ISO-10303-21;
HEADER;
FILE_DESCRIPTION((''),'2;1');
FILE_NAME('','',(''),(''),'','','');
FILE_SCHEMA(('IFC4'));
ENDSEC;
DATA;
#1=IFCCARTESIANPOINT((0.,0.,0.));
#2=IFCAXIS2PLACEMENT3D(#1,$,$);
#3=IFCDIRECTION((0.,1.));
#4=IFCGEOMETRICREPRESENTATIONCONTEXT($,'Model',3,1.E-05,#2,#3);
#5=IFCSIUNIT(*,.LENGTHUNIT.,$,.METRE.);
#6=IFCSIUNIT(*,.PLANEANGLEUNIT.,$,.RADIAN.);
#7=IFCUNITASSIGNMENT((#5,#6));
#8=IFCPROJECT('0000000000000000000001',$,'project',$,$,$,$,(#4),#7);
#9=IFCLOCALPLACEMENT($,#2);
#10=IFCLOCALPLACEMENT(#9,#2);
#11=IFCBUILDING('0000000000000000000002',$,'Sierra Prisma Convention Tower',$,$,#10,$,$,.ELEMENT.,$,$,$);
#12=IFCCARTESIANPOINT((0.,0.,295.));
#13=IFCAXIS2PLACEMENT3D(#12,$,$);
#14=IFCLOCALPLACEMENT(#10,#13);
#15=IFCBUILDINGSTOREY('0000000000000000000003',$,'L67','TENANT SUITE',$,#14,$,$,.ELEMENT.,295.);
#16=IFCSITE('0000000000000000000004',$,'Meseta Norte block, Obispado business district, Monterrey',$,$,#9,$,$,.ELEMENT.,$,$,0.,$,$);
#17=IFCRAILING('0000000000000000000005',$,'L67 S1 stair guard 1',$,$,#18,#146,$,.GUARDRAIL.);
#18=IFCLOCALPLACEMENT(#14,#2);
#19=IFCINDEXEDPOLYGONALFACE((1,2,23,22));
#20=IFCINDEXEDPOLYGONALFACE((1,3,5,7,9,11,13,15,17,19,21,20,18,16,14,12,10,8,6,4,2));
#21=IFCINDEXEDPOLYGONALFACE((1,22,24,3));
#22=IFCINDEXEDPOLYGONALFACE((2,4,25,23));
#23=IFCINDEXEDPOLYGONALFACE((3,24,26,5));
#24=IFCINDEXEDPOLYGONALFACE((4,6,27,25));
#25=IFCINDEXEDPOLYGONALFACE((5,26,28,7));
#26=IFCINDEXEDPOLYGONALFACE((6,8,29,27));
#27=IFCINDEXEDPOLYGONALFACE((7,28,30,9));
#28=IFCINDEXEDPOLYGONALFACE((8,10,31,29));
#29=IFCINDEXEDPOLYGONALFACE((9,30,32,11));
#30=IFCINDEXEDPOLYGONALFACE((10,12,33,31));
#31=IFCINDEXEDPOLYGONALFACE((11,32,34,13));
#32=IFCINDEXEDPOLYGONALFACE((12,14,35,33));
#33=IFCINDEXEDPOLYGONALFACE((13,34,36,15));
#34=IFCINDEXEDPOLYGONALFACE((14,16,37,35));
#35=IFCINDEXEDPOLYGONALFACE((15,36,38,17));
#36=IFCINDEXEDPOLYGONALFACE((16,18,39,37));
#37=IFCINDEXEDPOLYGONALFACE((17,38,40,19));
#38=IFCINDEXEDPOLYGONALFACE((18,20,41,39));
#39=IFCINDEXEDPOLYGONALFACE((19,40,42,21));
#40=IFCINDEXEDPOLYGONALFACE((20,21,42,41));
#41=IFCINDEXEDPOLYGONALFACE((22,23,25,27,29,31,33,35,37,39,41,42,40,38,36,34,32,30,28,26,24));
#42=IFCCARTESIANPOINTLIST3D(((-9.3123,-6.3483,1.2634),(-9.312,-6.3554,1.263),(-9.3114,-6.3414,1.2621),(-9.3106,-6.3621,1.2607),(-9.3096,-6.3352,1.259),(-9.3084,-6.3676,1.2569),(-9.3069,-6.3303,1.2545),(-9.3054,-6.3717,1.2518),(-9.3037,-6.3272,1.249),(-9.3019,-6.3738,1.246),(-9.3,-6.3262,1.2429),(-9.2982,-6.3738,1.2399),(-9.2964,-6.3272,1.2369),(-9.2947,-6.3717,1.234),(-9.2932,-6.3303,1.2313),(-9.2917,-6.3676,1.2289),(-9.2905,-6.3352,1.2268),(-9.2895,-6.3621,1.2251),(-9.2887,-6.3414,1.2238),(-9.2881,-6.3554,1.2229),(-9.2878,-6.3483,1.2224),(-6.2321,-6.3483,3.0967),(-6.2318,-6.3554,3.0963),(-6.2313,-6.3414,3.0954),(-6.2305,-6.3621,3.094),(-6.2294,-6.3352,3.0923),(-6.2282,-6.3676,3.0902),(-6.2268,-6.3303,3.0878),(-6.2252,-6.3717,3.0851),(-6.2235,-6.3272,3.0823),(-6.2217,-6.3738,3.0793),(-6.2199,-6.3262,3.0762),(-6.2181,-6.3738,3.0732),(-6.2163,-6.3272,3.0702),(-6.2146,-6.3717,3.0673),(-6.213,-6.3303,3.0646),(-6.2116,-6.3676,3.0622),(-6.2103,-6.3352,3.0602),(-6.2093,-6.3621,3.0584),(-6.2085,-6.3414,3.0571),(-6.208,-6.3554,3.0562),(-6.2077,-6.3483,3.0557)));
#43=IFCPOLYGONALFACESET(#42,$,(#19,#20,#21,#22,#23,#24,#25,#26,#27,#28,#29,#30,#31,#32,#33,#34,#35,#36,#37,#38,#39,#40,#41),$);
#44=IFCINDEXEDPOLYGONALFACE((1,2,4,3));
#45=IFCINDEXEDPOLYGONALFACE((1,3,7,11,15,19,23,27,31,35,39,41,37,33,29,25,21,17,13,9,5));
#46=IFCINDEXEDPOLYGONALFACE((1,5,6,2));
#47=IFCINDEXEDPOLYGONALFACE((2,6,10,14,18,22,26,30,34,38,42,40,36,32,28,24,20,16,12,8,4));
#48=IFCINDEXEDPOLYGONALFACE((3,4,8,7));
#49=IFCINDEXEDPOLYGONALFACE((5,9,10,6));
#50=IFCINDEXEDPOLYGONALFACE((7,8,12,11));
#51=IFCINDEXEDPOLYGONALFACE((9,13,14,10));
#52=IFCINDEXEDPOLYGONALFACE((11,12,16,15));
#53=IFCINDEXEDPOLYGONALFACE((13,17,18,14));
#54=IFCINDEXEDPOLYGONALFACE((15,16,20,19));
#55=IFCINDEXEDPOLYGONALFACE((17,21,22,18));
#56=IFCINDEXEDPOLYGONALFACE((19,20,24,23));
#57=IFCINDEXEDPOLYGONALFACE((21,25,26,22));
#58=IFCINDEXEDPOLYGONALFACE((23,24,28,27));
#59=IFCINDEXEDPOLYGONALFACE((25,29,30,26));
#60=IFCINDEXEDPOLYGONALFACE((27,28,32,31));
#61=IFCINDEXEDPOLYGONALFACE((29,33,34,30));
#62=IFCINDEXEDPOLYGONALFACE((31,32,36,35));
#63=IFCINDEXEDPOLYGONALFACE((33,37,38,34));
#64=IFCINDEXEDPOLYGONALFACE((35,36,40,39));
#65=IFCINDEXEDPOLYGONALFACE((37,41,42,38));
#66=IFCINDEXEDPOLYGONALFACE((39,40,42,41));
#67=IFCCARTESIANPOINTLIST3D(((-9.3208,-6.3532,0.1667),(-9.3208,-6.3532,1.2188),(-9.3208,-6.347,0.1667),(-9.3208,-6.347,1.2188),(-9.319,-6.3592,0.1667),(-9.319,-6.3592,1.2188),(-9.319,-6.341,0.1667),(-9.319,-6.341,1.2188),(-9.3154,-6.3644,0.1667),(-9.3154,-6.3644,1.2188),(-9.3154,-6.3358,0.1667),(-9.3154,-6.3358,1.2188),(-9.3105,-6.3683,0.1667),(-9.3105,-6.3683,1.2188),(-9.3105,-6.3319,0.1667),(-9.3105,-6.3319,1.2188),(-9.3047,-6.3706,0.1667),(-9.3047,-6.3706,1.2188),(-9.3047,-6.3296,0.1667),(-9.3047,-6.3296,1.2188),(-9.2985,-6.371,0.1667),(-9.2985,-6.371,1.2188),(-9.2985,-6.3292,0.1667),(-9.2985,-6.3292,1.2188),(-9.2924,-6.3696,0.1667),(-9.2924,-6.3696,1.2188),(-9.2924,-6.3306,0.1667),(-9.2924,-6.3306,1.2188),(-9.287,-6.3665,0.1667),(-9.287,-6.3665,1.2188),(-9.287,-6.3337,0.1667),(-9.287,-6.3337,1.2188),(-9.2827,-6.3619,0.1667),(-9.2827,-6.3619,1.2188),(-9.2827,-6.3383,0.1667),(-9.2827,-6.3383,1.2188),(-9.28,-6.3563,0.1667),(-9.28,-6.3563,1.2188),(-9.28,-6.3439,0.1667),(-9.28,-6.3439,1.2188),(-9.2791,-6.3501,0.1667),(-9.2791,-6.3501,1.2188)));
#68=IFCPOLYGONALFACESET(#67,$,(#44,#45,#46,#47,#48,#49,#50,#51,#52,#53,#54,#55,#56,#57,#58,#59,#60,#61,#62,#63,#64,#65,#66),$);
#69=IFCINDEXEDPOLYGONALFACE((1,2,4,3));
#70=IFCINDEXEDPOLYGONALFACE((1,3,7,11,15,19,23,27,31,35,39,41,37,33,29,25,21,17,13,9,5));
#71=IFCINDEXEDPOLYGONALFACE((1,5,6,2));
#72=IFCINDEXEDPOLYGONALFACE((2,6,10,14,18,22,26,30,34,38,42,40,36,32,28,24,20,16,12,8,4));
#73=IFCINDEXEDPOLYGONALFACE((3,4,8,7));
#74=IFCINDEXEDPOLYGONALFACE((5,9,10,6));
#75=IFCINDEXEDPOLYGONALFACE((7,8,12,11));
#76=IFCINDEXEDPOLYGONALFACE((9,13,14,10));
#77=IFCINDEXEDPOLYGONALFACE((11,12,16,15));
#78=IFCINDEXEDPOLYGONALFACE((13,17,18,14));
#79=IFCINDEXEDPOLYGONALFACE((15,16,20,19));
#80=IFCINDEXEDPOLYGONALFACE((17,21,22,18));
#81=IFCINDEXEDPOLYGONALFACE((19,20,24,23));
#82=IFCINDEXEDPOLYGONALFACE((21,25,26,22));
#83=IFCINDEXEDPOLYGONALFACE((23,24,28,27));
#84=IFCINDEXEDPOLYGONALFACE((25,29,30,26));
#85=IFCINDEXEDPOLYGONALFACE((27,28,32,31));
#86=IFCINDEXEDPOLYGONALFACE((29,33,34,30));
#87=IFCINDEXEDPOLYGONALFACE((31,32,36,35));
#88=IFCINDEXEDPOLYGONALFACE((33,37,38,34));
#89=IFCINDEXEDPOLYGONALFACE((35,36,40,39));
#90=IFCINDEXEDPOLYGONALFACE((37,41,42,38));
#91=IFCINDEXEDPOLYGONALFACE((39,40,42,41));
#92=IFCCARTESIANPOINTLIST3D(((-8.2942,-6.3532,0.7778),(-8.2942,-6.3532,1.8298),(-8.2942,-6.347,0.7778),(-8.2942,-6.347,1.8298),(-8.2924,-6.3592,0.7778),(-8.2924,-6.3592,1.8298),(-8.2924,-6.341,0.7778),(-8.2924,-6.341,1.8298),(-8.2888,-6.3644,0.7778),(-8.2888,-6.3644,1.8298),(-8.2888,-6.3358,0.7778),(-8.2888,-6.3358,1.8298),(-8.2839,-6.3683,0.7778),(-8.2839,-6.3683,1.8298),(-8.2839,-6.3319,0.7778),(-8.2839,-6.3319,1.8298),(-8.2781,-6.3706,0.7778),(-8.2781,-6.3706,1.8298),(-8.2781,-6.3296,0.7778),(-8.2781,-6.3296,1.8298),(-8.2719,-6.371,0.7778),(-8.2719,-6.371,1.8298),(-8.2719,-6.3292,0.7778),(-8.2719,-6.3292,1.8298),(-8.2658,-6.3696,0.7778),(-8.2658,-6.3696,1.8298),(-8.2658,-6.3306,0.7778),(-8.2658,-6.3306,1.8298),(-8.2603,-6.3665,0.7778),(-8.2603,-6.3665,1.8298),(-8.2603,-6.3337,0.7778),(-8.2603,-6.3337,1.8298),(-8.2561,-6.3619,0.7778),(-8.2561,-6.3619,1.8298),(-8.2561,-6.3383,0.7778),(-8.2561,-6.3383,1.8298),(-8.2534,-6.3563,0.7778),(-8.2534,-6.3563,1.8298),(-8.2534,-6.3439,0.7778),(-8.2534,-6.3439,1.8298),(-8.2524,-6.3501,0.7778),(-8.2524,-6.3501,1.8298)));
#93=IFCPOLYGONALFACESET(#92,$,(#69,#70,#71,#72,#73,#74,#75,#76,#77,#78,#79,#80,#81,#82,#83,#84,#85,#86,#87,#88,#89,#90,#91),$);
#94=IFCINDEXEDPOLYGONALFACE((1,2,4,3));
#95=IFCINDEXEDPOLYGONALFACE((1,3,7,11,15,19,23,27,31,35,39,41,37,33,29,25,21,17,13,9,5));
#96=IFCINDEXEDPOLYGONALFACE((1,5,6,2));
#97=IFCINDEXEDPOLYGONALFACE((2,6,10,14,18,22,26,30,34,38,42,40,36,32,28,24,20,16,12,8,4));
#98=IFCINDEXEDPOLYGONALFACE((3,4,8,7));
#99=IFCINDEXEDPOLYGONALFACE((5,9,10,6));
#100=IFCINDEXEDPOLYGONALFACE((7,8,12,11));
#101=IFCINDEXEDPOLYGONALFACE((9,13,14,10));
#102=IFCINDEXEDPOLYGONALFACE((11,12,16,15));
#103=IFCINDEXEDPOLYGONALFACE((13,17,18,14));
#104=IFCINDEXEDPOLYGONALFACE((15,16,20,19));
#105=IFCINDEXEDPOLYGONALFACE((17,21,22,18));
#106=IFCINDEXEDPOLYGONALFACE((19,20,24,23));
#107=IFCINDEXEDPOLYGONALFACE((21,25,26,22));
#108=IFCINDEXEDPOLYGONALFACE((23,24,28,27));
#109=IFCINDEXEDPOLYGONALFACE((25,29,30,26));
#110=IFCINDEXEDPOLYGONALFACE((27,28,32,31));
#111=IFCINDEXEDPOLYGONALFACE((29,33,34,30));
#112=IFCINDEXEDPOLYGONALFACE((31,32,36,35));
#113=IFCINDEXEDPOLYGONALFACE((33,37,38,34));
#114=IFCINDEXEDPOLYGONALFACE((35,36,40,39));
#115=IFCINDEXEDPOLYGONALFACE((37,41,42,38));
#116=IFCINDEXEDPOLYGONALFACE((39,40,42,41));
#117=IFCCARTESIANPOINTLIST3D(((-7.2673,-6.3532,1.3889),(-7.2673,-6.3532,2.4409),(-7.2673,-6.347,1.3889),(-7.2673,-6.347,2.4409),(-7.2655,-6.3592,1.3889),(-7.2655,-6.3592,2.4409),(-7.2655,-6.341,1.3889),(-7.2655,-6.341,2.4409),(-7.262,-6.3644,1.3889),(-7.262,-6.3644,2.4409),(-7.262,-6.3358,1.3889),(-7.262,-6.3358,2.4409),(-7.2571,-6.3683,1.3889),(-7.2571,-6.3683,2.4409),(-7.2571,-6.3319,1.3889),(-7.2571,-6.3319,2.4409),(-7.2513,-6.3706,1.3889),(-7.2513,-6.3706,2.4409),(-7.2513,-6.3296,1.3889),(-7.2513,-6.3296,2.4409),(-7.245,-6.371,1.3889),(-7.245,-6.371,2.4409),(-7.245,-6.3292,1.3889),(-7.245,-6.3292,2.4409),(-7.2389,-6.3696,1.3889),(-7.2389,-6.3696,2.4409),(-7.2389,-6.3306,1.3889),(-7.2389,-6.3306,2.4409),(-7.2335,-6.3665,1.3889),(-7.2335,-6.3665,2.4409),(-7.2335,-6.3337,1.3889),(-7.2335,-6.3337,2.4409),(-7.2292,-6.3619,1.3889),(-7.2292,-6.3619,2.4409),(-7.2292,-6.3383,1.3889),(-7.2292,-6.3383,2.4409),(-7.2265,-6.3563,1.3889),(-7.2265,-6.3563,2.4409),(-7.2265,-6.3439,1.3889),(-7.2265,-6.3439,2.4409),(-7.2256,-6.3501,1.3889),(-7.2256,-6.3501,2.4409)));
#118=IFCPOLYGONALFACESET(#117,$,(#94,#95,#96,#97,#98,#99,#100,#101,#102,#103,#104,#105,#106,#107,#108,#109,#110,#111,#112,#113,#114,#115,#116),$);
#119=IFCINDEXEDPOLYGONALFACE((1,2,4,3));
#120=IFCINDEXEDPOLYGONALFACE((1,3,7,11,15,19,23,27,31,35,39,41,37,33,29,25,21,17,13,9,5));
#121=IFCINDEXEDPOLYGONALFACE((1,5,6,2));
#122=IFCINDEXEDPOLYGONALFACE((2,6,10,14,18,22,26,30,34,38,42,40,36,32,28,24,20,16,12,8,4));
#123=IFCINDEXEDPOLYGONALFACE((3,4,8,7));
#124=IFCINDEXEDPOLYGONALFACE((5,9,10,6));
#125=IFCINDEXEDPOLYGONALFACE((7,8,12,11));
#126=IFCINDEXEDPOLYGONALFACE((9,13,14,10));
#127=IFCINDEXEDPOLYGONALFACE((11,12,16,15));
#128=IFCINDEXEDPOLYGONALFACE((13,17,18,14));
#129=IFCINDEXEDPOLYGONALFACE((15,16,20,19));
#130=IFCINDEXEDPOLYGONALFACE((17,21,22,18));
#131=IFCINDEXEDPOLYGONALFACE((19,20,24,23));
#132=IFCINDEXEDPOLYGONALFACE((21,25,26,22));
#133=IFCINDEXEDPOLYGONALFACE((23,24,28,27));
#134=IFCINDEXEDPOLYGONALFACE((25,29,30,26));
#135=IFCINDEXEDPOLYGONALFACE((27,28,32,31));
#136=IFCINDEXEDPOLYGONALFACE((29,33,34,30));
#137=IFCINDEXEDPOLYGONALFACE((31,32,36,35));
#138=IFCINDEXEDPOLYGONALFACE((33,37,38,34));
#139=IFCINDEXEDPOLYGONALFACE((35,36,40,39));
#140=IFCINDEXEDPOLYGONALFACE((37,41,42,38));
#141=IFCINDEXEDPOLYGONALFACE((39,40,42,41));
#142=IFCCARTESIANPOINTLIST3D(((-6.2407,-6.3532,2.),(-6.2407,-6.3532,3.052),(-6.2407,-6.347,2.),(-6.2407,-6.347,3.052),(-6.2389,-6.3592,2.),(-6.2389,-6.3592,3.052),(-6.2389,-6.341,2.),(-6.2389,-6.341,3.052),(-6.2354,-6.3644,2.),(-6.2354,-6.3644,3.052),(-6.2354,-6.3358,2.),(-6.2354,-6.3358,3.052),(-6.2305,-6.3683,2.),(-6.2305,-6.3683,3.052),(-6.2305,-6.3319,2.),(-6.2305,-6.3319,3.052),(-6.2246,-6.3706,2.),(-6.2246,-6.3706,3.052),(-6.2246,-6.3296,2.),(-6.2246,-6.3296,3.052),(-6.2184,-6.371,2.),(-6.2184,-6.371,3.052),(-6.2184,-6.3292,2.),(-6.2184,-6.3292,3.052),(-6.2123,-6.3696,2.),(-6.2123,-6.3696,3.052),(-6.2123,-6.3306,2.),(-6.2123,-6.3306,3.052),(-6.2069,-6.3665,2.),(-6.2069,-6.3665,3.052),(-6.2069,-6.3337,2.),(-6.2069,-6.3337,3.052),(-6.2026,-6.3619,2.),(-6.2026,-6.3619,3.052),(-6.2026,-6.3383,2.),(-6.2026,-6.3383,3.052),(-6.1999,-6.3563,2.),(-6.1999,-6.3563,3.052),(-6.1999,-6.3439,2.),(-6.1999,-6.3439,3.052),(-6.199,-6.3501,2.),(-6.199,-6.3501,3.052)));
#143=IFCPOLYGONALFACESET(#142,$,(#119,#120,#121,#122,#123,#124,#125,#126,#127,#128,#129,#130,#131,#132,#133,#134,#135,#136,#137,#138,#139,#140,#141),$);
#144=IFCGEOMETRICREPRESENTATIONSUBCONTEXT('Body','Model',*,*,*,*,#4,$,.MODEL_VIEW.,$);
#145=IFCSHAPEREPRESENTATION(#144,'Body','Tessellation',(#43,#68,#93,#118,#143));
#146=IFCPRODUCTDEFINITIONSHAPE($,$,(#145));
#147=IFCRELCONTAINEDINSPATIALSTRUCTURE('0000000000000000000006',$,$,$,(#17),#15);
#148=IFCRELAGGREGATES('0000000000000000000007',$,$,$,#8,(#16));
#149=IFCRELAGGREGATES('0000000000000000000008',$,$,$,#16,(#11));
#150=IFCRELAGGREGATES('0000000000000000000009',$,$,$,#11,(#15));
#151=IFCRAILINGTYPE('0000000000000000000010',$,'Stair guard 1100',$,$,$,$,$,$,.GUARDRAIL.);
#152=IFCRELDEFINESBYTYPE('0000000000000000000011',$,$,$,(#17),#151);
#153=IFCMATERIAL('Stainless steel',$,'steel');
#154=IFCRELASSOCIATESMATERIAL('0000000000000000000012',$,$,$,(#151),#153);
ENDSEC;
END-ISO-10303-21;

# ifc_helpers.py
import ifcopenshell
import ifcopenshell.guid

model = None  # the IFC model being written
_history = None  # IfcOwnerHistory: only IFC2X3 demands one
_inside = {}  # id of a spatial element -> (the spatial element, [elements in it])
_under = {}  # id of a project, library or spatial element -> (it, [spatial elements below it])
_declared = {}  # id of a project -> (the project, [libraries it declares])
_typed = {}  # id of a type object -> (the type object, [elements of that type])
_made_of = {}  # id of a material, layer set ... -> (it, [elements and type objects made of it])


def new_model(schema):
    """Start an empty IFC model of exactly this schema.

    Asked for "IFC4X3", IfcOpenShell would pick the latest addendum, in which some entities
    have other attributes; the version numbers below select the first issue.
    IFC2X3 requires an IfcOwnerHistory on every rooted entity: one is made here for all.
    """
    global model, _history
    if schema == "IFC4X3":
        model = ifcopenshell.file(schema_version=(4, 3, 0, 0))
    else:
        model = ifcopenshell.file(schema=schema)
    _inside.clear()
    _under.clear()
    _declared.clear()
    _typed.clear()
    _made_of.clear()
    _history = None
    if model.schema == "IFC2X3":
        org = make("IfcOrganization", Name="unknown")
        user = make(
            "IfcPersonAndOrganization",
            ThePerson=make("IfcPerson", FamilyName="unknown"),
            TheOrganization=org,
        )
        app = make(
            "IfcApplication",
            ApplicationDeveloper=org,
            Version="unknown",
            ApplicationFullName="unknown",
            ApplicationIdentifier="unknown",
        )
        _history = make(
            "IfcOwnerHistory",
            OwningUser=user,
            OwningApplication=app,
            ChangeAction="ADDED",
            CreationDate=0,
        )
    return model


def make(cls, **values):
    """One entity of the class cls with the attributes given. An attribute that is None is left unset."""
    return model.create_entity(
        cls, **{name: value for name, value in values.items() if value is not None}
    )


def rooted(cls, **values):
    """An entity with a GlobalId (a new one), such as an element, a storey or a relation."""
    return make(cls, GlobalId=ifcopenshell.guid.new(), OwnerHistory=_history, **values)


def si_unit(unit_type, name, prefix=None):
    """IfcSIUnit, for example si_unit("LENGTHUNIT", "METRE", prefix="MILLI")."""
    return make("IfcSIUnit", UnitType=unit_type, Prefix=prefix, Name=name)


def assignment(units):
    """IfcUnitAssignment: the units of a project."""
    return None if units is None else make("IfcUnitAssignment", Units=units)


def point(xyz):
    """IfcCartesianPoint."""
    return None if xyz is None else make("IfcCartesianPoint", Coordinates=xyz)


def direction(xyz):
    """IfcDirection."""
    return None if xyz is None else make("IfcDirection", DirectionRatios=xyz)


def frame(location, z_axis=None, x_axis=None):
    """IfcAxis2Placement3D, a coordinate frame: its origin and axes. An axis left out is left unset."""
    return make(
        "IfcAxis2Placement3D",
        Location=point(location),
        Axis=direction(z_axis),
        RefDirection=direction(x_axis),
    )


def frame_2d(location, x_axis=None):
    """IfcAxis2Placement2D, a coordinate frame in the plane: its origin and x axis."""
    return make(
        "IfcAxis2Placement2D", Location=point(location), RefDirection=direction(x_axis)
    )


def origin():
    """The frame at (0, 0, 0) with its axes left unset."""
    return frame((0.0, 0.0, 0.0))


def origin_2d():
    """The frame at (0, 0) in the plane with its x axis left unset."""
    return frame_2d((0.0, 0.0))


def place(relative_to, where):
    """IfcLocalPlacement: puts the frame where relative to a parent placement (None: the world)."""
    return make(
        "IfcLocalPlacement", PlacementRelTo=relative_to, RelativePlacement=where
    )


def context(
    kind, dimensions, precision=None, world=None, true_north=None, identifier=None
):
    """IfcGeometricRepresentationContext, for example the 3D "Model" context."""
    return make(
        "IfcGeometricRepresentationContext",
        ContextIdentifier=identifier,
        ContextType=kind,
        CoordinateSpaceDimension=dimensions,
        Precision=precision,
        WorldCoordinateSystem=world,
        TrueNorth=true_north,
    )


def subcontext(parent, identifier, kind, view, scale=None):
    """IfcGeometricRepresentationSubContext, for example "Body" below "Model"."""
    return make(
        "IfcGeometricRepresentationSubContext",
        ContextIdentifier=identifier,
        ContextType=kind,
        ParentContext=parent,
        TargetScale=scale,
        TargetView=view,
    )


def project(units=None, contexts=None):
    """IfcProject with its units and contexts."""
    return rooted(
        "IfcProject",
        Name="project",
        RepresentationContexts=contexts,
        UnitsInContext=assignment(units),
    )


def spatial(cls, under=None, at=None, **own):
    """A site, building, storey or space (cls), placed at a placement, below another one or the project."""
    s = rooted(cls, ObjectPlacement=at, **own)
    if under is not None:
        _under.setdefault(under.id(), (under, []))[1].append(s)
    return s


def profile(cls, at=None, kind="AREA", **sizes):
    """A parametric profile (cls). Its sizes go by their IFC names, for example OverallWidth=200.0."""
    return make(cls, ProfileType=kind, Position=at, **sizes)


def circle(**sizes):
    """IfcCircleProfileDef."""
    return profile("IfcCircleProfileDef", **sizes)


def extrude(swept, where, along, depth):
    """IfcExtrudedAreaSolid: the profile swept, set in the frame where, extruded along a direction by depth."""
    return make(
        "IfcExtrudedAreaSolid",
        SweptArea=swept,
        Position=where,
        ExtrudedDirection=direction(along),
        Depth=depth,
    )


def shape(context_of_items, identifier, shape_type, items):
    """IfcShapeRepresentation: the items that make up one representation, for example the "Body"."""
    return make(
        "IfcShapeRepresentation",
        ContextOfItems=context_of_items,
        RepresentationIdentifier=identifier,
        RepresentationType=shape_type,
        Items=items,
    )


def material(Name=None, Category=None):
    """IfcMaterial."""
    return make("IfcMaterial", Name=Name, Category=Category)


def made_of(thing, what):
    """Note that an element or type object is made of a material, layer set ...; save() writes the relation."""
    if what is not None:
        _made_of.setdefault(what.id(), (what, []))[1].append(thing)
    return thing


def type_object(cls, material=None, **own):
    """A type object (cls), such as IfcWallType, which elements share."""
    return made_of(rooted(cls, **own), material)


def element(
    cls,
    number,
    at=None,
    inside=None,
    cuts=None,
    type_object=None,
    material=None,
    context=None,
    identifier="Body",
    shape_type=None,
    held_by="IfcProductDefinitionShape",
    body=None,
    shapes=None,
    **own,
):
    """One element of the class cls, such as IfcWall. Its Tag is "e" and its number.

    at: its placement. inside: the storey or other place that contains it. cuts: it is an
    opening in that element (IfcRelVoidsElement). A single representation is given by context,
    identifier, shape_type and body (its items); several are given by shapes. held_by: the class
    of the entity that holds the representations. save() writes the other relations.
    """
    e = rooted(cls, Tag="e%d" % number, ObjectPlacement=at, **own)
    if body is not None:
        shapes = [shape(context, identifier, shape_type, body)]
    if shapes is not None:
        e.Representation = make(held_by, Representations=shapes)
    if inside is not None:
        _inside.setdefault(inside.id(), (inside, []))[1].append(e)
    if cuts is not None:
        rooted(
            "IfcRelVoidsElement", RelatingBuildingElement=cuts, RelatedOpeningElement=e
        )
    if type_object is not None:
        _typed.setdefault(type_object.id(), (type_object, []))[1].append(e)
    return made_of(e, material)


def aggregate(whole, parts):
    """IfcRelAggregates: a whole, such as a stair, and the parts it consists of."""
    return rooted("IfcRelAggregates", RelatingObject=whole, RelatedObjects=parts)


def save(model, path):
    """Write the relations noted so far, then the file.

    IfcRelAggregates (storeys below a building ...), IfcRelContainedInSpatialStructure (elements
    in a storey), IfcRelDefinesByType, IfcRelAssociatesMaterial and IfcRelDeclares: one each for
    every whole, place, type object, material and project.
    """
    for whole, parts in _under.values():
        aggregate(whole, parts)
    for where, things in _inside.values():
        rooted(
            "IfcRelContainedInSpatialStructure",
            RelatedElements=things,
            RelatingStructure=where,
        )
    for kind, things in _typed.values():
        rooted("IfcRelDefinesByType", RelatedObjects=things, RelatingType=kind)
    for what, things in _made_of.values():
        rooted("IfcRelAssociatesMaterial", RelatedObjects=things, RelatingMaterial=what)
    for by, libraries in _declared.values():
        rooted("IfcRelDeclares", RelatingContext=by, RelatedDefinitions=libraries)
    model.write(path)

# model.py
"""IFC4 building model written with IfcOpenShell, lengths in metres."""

from ifc_helpers import new_model, si_unit, direction, frame, origin, origin_2d, place, context, subcontext, project, spatial, circle, extrude, material, type_object, element, save


model = new_model("IFC4")

# Units and contexts
model_context = context("Model", 3, precision=1e-05, world=origin(), true_north=direction((0.0, 1.0)))
body_context = subcontext(model_context, "Body", "Model", "MODEL_VIEW")
ifc_project = project(units=[si_unit("LENGTHUNIT", "METRE"), si_unit("PLANEANGLEUNIT", "RADIAN")], contexts=[model_context])

# Site, building, storey
site_placement = place(None, origin())
site = spatial("IfcSite", under=ifc_project, at=site_placement, Name="Meseta Norte block, Obispado business district, Monterrey", CompositionType="ELEMENT", RefElevation=0.0)
building_placement = place(site_placement, origin())
building = spatial("IfcBuilding", under=site, at=building_placement, Name="Sierra Prisma Convention Tower", CompositionType="ELEMENT")
storey_placement = place(building_placement, frame((0.0, 0.0, 295.0)))
storey = spatial("IfcBuildingStorey", under=building, at=storey_placement, Name="L67", Description="TENANT SUITE", CompositionType="ELEMENT", Elevation=295.0)

# Railing
ifc_material_1 = material(Name="Stainless steel", Category="steel")
railing_type_1 = type_object("IfcRailingType", Name="Stair guard 1100", PredefinedType="GUARDRAIL", material=ifc_material_1)
railing_1_placement = place(storey_placement, frame((-9.3, -6.3501, 0.1667)))
element("IfcRailing", 1, at=railing_1_placement, inside=storey, type_object=railing_type_1, Name="L67 S1 stair guard 1", PredefinedType="GUARDRAIL", context=body_context, shape_type="SweptSolid", body=[
    extrude(circle(Radius=0.0239, at=origin_2d()), frame((0.0, 0.0, 1.0762), z_axis=(0.859309, 0.0, 0.511458), x_axis=(0.0, 1.0, 0.0)), (0.0, 0.0, 1.0), 3.5845),
    extrude(circle(Radius=0.021, at=origin_2d()), origin(), (0.0, 0.0, 1.0), 1.052),
    extrude(circle(Radius=0.021, at=origin_2d()), frame((1.0266, 0.0, 0.6111)), (0.0, 0.0, 1.0), 1.052),
    extrude(circle(Radius=0.021, at=origin_2d()), frame((2.0535, 0.0, 1.2222)), (0.0, 0.0, 1.0), 1.052),
    extrude(circle(Radius=0.021, at=origin_2d()), frame((3.0801, 0.0, 1.8333)), (0.0, 0.0, 1.0), 1.052),
])

save(model, "model.ifc")
